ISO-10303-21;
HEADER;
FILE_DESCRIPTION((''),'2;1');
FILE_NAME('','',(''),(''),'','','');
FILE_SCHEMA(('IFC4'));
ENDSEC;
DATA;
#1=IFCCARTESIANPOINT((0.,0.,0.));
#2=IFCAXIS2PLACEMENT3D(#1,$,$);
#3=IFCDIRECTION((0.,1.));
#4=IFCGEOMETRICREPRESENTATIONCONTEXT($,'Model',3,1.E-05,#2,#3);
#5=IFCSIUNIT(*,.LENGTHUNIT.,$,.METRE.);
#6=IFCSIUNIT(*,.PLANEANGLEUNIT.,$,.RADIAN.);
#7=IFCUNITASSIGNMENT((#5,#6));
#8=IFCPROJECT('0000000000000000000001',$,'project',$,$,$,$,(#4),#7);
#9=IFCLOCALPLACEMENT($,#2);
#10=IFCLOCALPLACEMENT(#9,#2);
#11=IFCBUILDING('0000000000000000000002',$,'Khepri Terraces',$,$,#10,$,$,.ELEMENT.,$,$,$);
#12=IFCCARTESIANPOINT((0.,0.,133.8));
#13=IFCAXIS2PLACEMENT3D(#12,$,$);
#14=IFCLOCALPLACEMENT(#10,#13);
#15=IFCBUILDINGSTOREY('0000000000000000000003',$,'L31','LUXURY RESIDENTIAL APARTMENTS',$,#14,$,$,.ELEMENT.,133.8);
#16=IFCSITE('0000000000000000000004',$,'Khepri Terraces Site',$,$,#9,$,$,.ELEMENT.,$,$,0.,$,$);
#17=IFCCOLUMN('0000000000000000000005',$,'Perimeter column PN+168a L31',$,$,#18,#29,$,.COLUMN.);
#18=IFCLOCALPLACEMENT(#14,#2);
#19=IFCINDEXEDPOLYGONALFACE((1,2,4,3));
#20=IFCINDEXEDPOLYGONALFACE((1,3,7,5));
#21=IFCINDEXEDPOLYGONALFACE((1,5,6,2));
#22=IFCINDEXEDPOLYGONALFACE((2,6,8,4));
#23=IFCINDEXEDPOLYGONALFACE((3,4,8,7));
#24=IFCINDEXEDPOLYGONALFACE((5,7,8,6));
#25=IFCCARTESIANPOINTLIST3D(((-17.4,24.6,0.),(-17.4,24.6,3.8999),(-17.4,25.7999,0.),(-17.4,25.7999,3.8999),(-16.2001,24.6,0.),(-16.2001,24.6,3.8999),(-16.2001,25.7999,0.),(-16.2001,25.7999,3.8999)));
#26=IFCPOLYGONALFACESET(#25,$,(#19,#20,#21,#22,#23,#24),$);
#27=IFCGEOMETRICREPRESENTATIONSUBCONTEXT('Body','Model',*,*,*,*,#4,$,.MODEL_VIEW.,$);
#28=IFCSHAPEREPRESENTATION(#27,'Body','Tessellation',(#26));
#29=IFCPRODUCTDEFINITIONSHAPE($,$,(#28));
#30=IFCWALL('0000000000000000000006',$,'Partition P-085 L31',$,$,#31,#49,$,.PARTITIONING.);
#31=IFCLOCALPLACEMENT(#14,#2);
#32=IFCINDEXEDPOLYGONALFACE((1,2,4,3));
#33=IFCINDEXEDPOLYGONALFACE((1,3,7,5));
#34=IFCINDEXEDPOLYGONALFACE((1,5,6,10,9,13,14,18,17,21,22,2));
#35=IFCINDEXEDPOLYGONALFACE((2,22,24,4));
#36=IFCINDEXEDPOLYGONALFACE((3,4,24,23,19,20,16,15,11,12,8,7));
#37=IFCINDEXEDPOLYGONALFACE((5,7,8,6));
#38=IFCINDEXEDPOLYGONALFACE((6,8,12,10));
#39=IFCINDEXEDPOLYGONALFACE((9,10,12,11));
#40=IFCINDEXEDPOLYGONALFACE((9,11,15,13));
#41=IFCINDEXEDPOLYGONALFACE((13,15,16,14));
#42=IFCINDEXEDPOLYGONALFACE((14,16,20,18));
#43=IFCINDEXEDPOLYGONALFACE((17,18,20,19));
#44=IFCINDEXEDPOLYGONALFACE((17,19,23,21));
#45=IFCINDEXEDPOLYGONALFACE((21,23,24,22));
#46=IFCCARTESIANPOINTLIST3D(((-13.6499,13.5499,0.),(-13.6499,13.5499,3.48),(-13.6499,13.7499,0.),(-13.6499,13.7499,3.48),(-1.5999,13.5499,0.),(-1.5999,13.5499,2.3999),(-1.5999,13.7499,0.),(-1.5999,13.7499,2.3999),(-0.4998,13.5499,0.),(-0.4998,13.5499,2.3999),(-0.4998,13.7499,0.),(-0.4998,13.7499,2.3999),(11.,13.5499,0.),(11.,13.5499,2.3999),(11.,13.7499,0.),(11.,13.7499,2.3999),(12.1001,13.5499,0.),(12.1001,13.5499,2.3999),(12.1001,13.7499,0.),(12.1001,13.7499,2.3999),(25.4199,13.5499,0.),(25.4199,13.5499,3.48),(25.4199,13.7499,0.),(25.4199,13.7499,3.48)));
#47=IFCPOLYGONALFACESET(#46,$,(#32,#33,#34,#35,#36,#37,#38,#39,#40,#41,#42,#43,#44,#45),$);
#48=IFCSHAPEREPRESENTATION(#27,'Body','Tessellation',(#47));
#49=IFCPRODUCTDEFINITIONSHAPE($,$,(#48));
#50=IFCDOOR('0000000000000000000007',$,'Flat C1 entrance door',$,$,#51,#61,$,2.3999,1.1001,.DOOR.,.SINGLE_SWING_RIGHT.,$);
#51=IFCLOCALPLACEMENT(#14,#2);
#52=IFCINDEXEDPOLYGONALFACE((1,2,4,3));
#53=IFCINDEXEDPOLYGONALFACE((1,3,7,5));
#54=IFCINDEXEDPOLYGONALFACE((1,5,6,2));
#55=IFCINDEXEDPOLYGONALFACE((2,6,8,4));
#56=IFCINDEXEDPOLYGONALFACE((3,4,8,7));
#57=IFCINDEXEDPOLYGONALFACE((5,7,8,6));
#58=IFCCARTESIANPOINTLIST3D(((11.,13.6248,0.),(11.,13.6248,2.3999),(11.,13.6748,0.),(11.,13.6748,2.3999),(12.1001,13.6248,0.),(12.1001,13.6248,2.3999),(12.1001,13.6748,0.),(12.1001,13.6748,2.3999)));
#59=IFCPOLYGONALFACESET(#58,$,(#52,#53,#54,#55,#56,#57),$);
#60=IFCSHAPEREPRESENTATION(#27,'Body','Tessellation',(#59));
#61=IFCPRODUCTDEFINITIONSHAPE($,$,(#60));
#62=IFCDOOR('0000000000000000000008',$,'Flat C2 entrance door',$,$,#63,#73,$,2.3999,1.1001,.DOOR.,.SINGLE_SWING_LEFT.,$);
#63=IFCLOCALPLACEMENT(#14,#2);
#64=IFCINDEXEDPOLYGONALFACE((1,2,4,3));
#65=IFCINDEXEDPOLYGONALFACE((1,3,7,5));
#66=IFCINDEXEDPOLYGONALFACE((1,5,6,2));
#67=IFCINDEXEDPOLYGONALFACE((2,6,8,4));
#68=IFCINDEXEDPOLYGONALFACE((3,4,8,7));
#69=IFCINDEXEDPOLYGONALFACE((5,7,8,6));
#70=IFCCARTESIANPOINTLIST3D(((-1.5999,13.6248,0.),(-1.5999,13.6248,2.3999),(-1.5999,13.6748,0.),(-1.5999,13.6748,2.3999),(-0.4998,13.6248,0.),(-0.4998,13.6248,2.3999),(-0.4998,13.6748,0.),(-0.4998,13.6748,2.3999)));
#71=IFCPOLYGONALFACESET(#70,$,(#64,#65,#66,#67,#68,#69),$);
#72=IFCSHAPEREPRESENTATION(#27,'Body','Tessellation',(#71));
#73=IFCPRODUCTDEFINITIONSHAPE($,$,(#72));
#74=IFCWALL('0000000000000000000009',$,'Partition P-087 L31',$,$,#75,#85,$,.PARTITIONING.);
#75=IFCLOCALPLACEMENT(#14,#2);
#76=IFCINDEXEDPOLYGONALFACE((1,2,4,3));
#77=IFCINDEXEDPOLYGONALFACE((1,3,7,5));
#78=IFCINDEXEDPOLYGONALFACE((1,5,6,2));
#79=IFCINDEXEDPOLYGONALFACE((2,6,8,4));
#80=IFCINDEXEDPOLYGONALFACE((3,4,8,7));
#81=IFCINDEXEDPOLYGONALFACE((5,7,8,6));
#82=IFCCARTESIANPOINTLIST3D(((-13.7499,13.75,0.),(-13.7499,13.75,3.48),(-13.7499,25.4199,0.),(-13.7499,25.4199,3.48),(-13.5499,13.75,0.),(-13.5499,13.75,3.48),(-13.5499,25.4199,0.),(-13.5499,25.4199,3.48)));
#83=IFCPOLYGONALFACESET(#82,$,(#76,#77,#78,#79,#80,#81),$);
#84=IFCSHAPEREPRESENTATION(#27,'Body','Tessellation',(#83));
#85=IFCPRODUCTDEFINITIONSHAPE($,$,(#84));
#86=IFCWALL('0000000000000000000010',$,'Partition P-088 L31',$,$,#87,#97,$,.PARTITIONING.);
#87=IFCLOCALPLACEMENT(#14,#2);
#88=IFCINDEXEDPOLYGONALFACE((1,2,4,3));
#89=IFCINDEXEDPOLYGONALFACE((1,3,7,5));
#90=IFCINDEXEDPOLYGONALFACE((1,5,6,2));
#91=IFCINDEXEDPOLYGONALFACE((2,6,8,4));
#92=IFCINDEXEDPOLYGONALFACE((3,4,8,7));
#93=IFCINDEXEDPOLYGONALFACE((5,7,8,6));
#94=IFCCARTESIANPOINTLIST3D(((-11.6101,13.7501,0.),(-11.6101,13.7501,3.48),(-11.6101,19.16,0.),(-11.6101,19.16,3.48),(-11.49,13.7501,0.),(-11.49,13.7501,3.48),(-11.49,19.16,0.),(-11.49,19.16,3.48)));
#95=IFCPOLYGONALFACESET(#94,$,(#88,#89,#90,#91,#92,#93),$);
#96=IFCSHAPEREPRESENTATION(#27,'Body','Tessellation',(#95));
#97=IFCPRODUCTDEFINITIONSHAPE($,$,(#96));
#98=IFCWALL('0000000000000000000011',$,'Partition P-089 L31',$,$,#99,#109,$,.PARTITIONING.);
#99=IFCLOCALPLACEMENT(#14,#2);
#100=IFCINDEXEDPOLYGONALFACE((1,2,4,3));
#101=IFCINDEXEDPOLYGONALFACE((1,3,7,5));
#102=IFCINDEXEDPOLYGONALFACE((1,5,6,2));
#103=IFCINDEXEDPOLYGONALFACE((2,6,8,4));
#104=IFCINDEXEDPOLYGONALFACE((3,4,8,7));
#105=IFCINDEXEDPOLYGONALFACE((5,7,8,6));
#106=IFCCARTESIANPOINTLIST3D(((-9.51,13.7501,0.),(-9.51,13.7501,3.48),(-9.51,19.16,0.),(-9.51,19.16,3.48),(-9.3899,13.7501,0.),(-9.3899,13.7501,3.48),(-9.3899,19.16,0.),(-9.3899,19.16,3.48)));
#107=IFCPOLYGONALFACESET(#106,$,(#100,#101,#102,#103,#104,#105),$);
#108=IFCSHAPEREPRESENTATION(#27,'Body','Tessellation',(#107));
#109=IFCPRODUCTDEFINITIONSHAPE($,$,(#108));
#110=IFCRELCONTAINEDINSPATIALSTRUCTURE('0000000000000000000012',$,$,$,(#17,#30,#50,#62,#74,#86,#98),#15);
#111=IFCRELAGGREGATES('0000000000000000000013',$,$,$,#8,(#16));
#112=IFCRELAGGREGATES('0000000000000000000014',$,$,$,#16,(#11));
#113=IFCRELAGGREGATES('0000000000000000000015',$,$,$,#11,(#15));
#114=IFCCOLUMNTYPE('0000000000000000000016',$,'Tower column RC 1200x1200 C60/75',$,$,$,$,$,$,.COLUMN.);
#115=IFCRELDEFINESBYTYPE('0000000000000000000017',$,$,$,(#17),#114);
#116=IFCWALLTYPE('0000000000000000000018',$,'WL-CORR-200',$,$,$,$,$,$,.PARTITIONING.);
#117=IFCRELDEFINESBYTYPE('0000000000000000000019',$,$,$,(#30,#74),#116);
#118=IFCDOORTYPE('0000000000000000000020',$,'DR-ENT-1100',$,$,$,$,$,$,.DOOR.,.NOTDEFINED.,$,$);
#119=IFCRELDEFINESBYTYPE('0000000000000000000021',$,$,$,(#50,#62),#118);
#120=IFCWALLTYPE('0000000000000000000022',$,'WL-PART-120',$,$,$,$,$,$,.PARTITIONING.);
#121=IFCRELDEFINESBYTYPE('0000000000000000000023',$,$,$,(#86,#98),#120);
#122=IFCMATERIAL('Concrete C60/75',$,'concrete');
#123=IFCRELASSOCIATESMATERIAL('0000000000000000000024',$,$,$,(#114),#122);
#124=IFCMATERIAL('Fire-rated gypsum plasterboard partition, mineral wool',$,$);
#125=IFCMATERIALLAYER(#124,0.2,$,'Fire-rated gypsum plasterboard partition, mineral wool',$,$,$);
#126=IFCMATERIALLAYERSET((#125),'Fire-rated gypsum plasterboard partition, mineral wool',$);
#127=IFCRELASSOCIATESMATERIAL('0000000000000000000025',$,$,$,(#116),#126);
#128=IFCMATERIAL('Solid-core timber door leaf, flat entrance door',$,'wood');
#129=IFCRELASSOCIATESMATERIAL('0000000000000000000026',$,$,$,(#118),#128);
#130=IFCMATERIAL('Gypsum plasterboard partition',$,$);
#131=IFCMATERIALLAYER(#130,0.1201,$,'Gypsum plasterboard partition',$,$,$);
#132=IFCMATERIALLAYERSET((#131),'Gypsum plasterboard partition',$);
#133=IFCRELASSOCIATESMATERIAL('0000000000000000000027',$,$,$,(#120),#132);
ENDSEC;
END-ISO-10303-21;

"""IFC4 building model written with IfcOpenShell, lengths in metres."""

from ifc_helpers import new_model, si_unit, direction, frame, frame_2d, origin, origin_2d, place, context, subcontext, project, spatial, rectangle, extrude, material, layer, layer_set, material_profile, profile_set, type_object, element, fill, save


model = new_model("IFC4")

# Units and contexts
model_context = context("Model", 3, precision=1e-05, world=origin(), true_north=direction((0.0, 1.0)))
body_context = subcontext(model_context, "Body", "Model", "MODEL_VIEW")
ifc_project = project(units=[si_unit("LENGTHUNIT", "METRE"), si_unit("PLANEANGLEUNIT", "RADIAN")], contexts=[model_context])

# Site, building, storey
site_placement = place(None, origin())
site = spatial("IfcSite", under=ifc_project, at=site_placement, Name="Khepri Terraces Site", CompositionType="ELEMENT", RefElevation=0.0)
building_placement = place(site_placement, origin())
building = spatial("IfcBuilding", under=site, at=building_placement, Name="Khepri Terraces", CompositionType="ELEMENT")
storey_placement = place(building_placement, frame((0.0, 0.0, 133.8)))
storey = spatial("IfcBuildingStorey", under=building, at=storey_placement, Name="L31", Description="LUXURY RESIDENTIAL APARTMENTS", CompositionType="ELEMENT", Elevation=133.8)

# Column
ifc_material_1 = material(Name="Concrete C60/75", Category="concrete")
ifc_material_profile = material_profile(ifc_material_1, rectangle(XDim=1.2, YDim=1.2, at=origin_2d()), Name="Concrete C60/75", Category="concrete")
ifc_profile_set = profile_set([ifc_material_profile], Name="Concrete C60/75")
column_type = type_object("IfcColumnType", Name="Tower column RC 1200x1200 C60/75", PredefinedType="COLUMN", material=ifc_profile_set)
column_placement = place(storey_placement, frame((-16.8, 25.2, 0.0), z_axis=(0.0, 0.0, 1.0), x_axis=(1.0, 0.0, 0.0)))
element("IfcColumn", 1, at=column_placement, inside=storey, type_object=column_type, Name="Perimeter column PN+168a L31", PredefinedType="COLUMN", context=body_context, shape_type="SweptSolid", body=[
    extrude(rectangle(XDim=1.2, YDim=1.2, at=origin_2d()), origin(), (0.0, 0.0, 1.0), 3.8999),
])

# Wall, openings, doors
ifc_material_2 = material(Name="Fire-rated gypsum plasterboard partition, mineral wool")
ifc_layer_1 = layer(ifc_material_2, 0.2, Name="Fire-rated gypsum plasterboard partition, mineral wool")
ifc_layer_set_1 = layer_set([ifc_layer_1], Name="Fire-rated gypsum plasterboard partition, mineral wool")
wall_type_1 = type_object("IfcWallType", Name="WL-CORR-200", PredefinedType="PARTITIONING", material=ifc_layer_set_1)
wall_1_placement = place(storey_placement, frame((-13.6499, 13.6499, 0.0), z_axis=(0.0, 0.0, 1.0), x_axis=(1.0, 0.0, 0.0)))
wall_1 = element("IfcWall", 2, at=wall_1_placement, inside=storey, type_object=wall_type_1, Name="Partition P-085 L31", PredefinedType="PARTITIONING", context=body_context, shape_type="SweptSolid", body=[
    extrude(rectangle(XDim=39.0698, YDim=0.2, at=frame_2d((19.5349, 0.0))), origin(), (0.0, 0.0, 1.0), 3.48),
])
opening_1_placement = place(wall_1_placement, frame((24.6499, 0.0, 0.0)))
opening_1 = element("IfcOpeningElement", 3, at=opening_1_placement, cuts=wall_1, PredefinedType="OPENING", context=body_context, shape_type="SweptSolid", body=[
    extrude(rectangle(XDim=1.1001, YDim=2.3999, at=frame_2d((0.55, 1.2))), frame((0.0, 0.1099, 0.0), z_axis=(0.0, -1.0, 0.0), x_axis=(1.0, 0.0, 0.0)), (0.0, 0.0, 1.0), 0.22),
])
opening_2_placement = place(wall_1_placement, frame((12.05, 0.0, 0.0)))
opening_2 = element("IfcOpeningElement", 4, at=opening_2_placement, cuts=wall_1, PredefinedType="OPENING", context=body_context, shape_type="SweptSolid", body=[
    extrude(rectangle(XDim=1.1001, YDim=2.3999, at=frame_2d((0.55, 1.2))), frame((0.0, 0.1099, 0.0), z_axis=(0.0, -1.0, 0.0), x_axis=(1.0, 0.0, 0.0)), (0.0, 0.0, 1.0), 0.22),
])
ifc_material_3 = material(Name="Solid-core timber door leaf, flat entrance door", Category="wood")
door_type_1 = type_object("IfcDoorType", Name="DR-ENT-1100", OperationType="NOTDEFINED", PredefinedType="DOOR", material=ifc_material_3)
door_1_placement = place(opening_1_placement, origin())
door_1 = element("IfcDoor", 5, at=door_1_placement, inside=storey, type_object=door_type_1, Name="Flat C1 entrance door", OperationType="SINGLE_SWING_RIGHT", OverallHeight=2.3999, OverallWidth=1.1001, PredefinedType="DOOR", context=body_context, shape_type="SweptSolid", body=[
    extrude(rectangle(XDim=1.1001, YDim=2.3999, at=frame_2d((0.55, 1.2))), frame((0.0, 0.0249, 0.0), z_axis=(0.0, -1.0, 0.0), x_axis=(1.0, 0.0, 0.0)), (0.0, 0.0, 1.0), 0.05),
])
fill(opening_1, door_1)
door_2_placement = place(opening_2_placement, origin())
door_2 = element("IfcDoor", 6, at=door_2_placement, inside=storey, type_object=door_type_1, Name="Flat C2 entrance door", OperationType="SINGLE_SWING_LEFT", OverallHeight=2.3999, OverallWidth=1.1001, PredefinedType="DOOR", context=body_context, shape_type="SweptSolid", body=[
    extrude(rectangle(XDim=1.1001, YDim=2.3999, at=frame_2d((0.55, 1.2))), frame((0.0, 0.0249, 0.0), z_axis=(0.0, -1.0, 0.0), x_axis=(1.0, 0.0, 0.0)), (0.0, 0.0, 1.0), 0.05),
])
fill(opening_2, door_2)

# Walls
wall_2_placement = place(storey_placement, frame((-13.6499, 13.75, 0.0), z_axis=(0.0, 0.0, 1.0), x_axis=(0.0, 1.0, 0.0)))
element("IfcWall", 7, at=wall_2_placement, inside=storey, type_object=wall_type_1, Name="Partition P-087 L31", PredefinedType="PARTITIONING", context=body_context, shape_type="SweptSolid", body=[
    extrude(rectangle(XDim=11.6699, YDim=0.2, at=frame_2d((5.835, 0.0))), origin(), (0.0, 0.0, 1.0), 3.48),
])
ifc_material_4 = material(Name="Gypsum plasterboard partition")
ifc_layer_2 = layer(ifc_material_4, 0.1201, Name="Gypsum plasterboard partition")
ifc_layer_set_2 = layer_set([ifc_layer_2], Name="Gypsum plasterboard partition")
wall_type_2 = type_object("IfcWallType", Name="WL-PART-120", PredefinedType="PARTITIONING", material=ifc_layer_set_2)
for number, where, z_axis, x_axis, name in (
    (8, (-11.55, 13.75, 0.0), (0.0, 0.0, 1.0), (0.0, 1.0, 0.0), "Partition P-088 L31"),
    (9, (-9.45, 13.75, 0.0), (0.0, 0.0, 1.0), (0.0, 1.0, 0.0), "Partition P-089 L31"),
):
    element("IfcWall", number, at=place(storey_placement, frame(where, z_axis=z_axis, x_axis=x_axis)), inside=storey, type_object=wall_type_2, Name=name, PredefinedType="PARTITIONING", context=body_context, shape_type="SweptSolid", body=[
        extrude(rectangle(XDim=5.4099, YDim=0.1201, at=frame_2d((2.7051, 0.0))), origin(), (0.0, 0.0, 1.0), 3.48),
    ])

save(model, "model.ifc")
